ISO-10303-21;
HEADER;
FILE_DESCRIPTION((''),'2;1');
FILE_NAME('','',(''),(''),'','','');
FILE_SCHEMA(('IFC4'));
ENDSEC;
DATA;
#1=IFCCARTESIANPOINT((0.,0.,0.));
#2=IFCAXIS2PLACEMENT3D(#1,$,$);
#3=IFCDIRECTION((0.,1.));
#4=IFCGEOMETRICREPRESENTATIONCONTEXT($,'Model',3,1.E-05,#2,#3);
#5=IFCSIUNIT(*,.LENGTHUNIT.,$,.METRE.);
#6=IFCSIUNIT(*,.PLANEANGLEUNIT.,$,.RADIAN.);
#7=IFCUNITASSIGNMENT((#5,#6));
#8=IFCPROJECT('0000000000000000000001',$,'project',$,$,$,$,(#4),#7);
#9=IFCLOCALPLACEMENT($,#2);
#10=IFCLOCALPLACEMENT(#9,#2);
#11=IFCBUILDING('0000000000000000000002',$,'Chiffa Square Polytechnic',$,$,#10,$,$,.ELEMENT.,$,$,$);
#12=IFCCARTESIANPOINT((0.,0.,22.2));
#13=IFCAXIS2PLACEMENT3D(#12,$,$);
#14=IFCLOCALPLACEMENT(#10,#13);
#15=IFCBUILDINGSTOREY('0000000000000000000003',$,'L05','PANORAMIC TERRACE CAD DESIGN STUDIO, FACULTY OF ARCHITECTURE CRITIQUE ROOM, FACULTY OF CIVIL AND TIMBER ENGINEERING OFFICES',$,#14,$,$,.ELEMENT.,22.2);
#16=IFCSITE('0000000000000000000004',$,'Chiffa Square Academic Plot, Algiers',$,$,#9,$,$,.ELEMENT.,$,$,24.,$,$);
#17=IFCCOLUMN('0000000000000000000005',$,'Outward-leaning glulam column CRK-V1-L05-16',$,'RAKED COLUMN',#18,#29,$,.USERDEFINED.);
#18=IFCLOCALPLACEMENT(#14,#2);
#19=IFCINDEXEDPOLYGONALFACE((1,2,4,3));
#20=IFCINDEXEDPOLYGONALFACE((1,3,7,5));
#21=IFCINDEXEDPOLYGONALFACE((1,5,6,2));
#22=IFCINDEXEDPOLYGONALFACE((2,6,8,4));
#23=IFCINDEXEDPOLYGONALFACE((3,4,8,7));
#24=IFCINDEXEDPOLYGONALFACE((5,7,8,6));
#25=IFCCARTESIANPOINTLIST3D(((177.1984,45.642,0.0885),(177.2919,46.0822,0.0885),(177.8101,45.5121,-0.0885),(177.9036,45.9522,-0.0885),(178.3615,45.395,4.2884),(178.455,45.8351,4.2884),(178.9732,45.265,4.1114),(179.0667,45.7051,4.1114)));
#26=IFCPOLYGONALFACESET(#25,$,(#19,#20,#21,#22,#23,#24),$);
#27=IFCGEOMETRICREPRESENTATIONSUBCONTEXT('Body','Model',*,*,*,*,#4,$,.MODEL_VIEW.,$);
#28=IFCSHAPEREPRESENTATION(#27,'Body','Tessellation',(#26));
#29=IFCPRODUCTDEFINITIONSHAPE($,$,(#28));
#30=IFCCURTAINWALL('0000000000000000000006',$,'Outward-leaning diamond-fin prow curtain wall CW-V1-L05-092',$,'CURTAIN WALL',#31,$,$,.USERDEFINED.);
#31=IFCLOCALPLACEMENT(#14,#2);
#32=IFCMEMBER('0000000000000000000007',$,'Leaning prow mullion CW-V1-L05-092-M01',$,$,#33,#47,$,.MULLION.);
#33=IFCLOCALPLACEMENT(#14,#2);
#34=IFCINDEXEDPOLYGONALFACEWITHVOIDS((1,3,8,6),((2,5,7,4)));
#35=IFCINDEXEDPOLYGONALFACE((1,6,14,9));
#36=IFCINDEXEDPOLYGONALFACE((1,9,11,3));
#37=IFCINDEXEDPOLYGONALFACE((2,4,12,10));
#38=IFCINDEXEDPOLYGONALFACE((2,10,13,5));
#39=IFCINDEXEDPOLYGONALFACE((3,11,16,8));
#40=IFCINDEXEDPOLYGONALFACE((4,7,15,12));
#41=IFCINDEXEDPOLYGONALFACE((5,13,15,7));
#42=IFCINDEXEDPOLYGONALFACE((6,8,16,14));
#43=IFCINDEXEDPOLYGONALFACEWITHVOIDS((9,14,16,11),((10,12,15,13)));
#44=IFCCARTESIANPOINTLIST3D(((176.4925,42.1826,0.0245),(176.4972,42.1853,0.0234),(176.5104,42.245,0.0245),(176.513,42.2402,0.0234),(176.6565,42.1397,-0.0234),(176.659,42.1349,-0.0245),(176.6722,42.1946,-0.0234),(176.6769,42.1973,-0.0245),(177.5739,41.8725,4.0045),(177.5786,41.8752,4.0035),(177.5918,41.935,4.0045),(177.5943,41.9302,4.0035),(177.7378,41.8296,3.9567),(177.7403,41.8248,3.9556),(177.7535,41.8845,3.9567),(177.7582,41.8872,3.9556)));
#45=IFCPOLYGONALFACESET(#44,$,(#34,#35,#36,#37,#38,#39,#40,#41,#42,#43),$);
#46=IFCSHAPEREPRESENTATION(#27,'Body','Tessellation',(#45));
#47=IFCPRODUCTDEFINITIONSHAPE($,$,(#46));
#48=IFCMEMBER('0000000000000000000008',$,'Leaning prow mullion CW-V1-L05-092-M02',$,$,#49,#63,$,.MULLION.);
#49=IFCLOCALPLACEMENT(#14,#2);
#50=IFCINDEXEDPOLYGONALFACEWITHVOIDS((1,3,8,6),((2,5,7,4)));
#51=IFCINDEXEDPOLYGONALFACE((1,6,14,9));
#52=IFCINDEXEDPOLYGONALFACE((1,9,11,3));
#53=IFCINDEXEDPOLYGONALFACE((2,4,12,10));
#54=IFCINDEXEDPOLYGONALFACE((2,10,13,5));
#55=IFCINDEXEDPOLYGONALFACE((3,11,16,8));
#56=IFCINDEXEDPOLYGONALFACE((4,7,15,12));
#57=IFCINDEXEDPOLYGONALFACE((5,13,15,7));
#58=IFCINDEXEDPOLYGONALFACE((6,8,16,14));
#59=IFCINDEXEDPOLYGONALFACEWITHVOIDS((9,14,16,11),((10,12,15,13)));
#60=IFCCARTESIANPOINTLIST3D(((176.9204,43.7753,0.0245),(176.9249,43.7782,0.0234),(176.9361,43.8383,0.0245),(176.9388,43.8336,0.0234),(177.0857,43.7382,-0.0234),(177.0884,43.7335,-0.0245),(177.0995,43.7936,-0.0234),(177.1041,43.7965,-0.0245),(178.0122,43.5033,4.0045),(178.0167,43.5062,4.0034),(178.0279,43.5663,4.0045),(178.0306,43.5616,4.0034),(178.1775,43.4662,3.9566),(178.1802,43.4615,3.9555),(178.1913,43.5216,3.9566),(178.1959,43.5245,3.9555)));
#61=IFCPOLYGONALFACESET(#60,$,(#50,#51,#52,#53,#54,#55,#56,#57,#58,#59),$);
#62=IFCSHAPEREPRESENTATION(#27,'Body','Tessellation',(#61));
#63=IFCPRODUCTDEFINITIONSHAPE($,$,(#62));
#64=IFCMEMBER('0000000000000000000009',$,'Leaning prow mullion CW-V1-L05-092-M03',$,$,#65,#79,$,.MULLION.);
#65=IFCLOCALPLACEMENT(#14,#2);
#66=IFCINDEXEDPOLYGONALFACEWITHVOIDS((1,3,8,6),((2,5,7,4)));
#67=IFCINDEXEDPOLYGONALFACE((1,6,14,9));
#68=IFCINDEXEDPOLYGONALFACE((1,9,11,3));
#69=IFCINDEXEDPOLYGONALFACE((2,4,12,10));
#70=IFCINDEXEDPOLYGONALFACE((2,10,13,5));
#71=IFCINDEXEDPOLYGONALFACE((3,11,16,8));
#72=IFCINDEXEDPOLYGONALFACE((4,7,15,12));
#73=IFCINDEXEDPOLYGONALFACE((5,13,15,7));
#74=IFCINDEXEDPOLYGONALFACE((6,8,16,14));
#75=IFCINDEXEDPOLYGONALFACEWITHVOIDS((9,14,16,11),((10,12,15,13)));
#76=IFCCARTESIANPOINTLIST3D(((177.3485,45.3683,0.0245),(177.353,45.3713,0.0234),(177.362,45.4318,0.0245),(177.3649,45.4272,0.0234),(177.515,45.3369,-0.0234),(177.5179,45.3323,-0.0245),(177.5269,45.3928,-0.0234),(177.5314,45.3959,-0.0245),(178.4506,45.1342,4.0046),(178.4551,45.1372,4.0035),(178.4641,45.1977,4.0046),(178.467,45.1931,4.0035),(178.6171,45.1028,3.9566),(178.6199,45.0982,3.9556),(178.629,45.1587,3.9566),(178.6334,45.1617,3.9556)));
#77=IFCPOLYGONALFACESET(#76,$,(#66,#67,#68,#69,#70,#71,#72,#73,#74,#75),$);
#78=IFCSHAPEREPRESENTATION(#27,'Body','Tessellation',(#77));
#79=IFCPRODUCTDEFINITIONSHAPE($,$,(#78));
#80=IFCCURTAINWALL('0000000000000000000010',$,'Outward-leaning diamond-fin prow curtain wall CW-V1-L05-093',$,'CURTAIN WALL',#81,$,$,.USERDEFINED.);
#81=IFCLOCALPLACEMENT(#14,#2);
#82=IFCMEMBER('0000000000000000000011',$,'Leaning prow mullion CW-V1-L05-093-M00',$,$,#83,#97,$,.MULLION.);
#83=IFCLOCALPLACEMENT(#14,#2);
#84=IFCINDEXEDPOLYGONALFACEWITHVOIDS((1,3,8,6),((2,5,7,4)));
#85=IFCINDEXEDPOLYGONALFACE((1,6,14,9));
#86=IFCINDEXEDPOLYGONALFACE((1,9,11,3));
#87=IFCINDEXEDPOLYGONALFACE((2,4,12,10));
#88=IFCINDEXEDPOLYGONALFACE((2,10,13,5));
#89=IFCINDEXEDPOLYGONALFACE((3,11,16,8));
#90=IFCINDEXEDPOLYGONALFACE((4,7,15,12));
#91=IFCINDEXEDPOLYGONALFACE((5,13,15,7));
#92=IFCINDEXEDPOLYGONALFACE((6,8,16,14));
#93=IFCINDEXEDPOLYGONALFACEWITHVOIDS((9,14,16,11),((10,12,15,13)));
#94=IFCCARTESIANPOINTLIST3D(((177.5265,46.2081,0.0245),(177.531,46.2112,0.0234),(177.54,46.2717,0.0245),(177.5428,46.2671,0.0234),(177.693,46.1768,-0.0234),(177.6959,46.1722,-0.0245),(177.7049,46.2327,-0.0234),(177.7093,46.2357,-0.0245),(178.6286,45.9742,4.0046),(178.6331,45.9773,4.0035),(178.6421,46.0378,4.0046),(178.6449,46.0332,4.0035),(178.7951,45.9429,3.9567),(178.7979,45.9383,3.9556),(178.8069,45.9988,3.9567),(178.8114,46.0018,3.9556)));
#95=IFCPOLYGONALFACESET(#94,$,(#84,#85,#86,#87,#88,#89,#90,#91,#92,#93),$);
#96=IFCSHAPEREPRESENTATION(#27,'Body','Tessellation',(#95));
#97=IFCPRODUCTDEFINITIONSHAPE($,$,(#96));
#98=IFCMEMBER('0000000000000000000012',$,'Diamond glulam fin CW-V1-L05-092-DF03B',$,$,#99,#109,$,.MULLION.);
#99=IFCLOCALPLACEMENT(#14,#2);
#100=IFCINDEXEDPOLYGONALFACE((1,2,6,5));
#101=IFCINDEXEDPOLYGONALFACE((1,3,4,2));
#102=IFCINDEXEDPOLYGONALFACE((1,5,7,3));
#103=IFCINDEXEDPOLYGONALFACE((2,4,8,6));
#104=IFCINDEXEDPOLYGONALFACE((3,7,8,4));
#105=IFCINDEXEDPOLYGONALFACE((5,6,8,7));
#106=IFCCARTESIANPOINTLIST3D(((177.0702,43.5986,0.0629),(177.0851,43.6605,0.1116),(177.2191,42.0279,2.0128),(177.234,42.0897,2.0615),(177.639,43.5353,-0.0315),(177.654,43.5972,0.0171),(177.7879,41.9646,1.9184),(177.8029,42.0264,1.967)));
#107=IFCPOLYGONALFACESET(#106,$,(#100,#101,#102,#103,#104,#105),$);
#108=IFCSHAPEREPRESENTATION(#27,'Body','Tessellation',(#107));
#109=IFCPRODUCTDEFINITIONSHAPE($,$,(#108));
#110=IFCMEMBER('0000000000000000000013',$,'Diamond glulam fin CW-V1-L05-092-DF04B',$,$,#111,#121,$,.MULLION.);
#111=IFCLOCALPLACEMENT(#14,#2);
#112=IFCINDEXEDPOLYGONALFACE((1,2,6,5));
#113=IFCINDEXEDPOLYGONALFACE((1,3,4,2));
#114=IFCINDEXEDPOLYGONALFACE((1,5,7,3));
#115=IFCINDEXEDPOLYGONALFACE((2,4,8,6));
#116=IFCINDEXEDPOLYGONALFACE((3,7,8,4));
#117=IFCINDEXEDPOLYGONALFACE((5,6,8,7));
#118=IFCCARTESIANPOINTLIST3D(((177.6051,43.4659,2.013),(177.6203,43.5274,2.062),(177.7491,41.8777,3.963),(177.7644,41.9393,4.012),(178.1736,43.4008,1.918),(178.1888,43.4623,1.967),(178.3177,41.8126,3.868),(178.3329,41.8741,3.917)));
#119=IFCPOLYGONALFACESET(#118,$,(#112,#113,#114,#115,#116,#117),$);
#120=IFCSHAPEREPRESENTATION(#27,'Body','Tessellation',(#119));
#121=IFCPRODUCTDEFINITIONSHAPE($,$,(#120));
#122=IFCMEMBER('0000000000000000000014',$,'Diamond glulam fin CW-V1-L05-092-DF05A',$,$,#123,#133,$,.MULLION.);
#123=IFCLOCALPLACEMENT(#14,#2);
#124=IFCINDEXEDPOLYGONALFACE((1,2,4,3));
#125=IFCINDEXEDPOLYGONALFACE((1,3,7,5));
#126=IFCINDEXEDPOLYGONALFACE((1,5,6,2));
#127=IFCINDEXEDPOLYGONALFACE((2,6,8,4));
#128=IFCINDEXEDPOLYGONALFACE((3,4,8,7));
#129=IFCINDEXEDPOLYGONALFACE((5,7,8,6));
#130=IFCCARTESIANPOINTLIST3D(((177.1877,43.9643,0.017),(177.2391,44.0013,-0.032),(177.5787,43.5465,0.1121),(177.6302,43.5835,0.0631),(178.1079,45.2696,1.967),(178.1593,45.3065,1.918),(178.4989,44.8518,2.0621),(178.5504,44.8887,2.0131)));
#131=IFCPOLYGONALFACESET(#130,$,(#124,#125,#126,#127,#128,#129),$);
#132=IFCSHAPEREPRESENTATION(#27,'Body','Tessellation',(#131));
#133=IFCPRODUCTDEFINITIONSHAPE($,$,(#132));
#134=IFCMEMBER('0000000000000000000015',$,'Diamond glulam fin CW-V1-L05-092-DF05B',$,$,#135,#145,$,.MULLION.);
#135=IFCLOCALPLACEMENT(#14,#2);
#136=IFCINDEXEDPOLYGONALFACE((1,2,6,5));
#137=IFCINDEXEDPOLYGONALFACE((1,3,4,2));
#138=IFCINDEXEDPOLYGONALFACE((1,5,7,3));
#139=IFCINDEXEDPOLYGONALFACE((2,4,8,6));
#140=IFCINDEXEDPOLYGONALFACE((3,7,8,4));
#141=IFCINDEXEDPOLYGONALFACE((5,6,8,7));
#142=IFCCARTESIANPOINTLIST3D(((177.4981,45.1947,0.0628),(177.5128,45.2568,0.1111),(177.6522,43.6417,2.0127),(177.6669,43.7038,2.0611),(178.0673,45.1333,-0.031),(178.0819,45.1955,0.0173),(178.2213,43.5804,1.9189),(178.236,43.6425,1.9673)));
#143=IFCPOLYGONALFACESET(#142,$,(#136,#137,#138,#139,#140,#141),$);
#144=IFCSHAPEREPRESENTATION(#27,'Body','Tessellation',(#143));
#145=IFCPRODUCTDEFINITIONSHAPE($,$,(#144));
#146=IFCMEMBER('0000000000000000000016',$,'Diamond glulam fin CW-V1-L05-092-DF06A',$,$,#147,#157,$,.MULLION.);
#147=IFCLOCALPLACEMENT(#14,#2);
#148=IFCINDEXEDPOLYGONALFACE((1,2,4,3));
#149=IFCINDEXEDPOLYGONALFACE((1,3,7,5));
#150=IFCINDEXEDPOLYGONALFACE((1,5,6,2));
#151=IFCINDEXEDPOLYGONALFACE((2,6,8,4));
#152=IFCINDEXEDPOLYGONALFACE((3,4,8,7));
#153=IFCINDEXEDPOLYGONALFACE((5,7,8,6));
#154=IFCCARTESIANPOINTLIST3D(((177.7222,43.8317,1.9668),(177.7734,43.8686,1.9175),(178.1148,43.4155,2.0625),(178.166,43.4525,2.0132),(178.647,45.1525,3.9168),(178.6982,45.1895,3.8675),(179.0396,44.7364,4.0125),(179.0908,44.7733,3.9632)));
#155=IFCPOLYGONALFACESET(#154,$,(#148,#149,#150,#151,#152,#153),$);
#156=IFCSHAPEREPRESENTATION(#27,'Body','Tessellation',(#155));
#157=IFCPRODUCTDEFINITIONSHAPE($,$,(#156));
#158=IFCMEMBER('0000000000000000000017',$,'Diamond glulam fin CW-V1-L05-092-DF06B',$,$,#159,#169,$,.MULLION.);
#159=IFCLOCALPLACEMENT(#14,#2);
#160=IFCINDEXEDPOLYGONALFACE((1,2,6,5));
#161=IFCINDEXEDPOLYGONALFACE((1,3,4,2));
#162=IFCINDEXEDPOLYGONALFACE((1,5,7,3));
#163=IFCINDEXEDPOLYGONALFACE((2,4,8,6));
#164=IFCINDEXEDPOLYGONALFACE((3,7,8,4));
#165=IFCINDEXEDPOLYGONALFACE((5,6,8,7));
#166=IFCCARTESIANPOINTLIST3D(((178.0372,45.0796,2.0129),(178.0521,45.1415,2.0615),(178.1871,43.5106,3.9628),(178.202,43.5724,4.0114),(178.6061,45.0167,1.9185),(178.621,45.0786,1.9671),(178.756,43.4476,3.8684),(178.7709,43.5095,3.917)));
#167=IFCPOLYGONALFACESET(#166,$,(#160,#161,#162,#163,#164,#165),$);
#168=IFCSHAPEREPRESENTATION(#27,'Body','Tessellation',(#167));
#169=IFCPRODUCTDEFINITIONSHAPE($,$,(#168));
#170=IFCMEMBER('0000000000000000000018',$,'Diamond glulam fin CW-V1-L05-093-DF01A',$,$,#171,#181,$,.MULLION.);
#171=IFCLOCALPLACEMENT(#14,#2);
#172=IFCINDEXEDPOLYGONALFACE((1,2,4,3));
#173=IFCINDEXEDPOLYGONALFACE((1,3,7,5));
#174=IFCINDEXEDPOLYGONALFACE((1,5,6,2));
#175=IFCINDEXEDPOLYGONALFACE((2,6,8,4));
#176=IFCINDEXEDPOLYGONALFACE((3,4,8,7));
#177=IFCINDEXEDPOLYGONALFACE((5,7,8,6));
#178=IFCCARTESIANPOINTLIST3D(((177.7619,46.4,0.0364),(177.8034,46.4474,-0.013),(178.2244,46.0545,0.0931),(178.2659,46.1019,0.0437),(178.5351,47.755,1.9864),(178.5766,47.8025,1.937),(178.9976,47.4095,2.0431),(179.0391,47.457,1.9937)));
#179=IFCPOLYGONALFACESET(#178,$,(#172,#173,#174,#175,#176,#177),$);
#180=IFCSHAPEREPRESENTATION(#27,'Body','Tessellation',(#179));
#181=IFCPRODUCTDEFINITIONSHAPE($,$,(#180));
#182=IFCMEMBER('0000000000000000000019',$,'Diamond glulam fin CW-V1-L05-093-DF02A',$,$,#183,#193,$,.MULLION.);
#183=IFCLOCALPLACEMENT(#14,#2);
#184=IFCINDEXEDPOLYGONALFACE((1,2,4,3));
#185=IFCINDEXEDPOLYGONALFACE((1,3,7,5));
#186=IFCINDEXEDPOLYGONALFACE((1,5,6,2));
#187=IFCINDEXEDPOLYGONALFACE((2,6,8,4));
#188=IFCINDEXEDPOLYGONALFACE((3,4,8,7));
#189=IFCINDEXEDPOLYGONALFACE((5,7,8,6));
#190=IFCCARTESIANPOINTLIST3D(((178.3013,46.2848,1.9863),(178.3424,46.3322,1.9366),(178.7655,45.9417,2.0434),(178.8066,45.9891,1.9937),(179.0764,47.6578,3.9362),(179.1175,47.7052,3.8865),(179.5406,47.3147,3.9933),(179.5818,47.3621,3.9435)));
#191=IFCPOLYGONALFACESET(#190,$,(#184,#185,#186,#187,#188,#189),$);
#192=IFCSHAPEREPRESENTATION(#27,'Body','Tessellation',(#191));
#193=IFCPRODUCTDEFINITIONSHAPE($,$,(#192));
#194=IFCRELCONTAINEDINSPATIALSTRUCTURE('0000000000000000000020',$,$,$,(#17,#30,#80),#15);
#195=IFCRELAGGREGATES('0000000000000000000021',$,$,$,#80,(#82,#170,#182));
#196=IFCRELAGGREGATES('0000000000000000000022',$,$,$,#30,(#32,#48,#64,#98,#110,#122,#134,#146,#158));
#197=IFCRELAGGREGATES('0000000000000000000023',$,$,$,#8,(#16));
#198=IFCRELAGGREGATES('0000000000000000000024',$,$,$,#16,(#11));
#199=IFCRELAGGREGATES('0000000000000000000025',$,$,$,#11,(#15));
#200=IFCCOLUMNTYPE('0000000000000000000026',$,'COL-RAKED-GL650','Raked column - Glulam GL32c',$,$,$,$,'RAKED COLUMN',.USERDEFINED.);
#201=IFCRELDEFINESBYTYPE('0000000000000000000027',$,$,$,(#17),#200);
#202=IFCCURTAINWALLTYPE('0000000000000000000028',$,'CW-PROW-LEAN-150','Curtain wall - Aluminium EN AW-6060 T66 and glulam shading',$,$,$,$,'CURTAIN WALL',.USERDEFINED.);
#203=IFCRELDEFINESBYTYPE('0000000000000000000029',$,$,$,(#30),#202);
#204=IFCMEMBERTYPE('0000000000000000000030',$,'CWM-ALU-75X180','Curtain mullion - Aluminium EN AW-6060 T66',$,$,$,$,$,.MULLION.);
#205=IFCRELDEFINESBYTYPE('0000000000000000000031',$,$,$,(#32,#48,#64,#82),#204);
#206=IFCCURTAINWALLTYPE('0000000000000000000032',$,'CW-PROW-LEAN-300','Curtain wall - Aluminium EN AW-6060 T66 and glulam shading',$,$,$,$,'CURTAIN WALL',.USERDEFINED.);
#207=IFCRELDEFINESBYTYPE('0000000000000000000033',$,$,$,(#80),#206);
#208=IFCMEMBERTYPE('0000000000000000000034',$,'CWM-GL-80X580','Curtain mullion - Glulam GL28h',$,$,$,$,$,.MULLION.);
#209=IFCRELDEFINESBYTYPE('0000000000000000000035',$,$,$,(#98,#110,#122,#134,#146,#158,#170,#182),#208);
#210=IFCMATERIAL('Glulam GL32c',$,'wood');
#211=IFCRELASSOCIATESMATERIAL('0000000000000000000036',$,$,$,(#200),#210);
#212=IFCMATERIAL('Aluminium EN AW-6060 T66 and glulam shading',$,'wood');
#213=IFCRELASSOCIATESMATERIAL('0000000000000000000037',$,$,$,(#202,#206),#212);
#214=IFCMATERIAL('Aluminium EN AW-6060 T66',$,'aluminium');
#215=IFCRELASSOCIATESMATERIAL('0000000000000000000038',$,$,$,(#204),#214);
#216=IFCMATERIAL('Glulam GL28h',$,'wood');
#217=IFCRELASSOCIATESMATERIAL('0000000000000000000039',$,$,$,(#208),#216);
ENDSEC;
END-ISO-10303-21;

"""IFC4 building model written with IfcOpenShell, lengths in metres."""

from ifc_helpers import new_model, si_unit, direction, frame, origin, origin_2d, place, context, subcontext, project, spatial, rectangle, hollow_rectangle, extrude, material, material_profile, profile_set, type_object, element, aggregate, save


model = new_model("IFC4")

# Units and contexts
model_context = context("Model", 3, precision=1e-05, world=origin(), true_north=direction((0.0, 1.0)))
body_context = subcontext(model_context, "Body", "Model", "MODEL_VIEW")
ifc_project = project(units=[si_unit("LENGTHUNIT", "METRE"), si_unit("PLANEANGLEUNIT", "RADIAN")], contexts=[model_context])

# Site, building, storey
site_placement = place(None, origin())
site = spatial("IfcSite", under=ifc_project, at=site_placement, Name="Chiffa Square Academic Plot, Algiers", CompositionType="ELEMENT", RefElevation=24.0)
building_placement = place(site_placement, origin())
building = spatial("IfcBuilding", under=site, at=building_placement, Name="Chiffa Square Polytechnic", CompositionType="ELEMENT")
storey_placement = place(building_placement, frame((0.0, 0.0, 22.2)))
storey = spatial("IfcBuildingStorey", under=building, at=storey_placement, Name="L05", Description="PANORAMIC TERRACE CAD DESIGN STUDIO, FACULTY OF ARCHITECTURE CRITIQUE ROOM, FACULTY OF CIVIL AND TIMBER ENGINEERING OFFICES", CompositionType="ELEMENT", Elevation=22.2)

# Column
ifc_material_1 = material(Name="Glulam GL32c", Category="wood")
ifc_material_profile_1 = material_profile(ifc_material_1, rectangle(XDim=0.45, YDim=0.6499, at=origin_2d()), Name="GL32c 450x650")
ifc_profile_set_1 = profile_set([ifc_material_profile_1], Name="Glulam GL32c")
column_type = type_object("IfcColumnType", Name="COL-RAKED-GL650", Description="Raked column - Glulam GL32c", ElementType="RAKED COLUMN", PredefinedType="USERDEFINED", material=ifc_profile_set_1)
column_placement = place(storey_placement, frame((177.551, 45.7971, 0.0), z_axis=(0.266456, -0.056602, 0.962184), x_axis=(0.20779, 0.978173, 0.0)))
element("IfcColumn", 1, at=column_placement, inside=storey, type_object=column_type, Name="Outward-leaning glulam column CRK-V1-L05-16", ObjectType="RAKED COLUMN", PredefinedType="USERDEFINED", context=body_context, shape_type="SweptSolid", body=[
    extrude(rectangle(XDim=0.45, YDim=0.6499, at=origin_2d()), origin(), (0.0, 0.0, 1.0), 4.365),
])

# Curtain wall, members
ifc_material_2 = material(Name="Aluminium EN AW-6060 T66 and glulam shading", Category="wood")
curtain_wall_type_1 = type_object("IfcCurtainWallType", Name="CW-PROW-LEAN-150", Description="Curtain wall - Aluminium EN AW-6060 T66 and glulam shading", ElementType="CURTAIN WALL", PredefinedType="USERDEFINED", material=ifc_material_2)
curtain_wall_1_placement = place(storey_placement, origin())
curtain_wall_1 = element("IfcCurtainWall", 2, at=curtain_wall_1_placement, inside=storey, type_object=curtain_wall_type_1, Name="Outward-leaning diamond-fin prow curtain wall CW-V1-L05-092", ObjectType="CURTAIN WALL", PredefinedType="USERDEFINED")
ifc_material_3 = material(Name="Aluminium EN AW-6060 T66", Category="aluminium")
ifc_material_profile_2 = material_profile(ifc_material_3, hollow_rectangle(XDim=0.0649, YDim=0.1799, WallThickness=0.0039, at=origin_2d()), Name="ALU 65x180x4")
ifc_profile_set_2 = profile_set([ifc_material_profile_2], Name="Aluminium EN AW-6060 T66")
member_type_1 = type_object("IfcMemberType", Name="CWM-ALU-75X180", Description="Curtain mullion - Aluminium EN AW-6060 T66", PredefinedType="MULLION", material=ifc_profile_set_2)
member_1_placement = place(storey_placement, frame((176.5847, 42.1899, 0.0), z_axis=(0.261443, -0.074968, 0.962303), x_axis=(0.275638, 0.961261, 0.0)))
member_1 = element("IfcMember", 3, at=member_1_placement, type_object=member_type_1, Name="Leaning prow mullion CW-V1-L05-092-M01", PredefinedType="MULLION", context=body_context, shape_type="SweptSolid", body=[
    extrude(hollow_rectangle(XDim=0.0649, YDim=0.1799, WallThickness=0.0039, at=origin_2d()), origin(), (0.0, 0.0, 1.0), 4.136),
])
member_2_placement = place(storey_placement, frame((177.0122, 43.7859, 0.0), z_axis=(0.263976, -0.065758, 0.962285), x_axis=(0.241719, 0.970346, 0.0)))
member_2 = element("IfcMember", 4, at=member_2_placement, type_object=member_type_1, Name="Leaning prow mullion CW-V1-L05-092-M02", PredefinedType="MULLION", context=body_context, shape_type="SweptSolid", body=[
    extrude(hollow_rectangle(XDim=0.0649, YDim=0.1799, WallThickness=0.0039, at=origin_2d()), origin(), (0.0, 0.0, 1.0), 4.136),
])
member_3_placement = place(storey_placement, frame((177.4399, 45.3821, 0.0), z_axis=(0.266429, -0.056603, 0.962191), x_axis=(0.207812, 0.978169, 0.0)))
member_3 = element("IfcMember", 5, at=member_3_placement, type_object=member_type_1, Name="Leaning prow mullion CW-V1-L05-092-M03", PredefinedType="MULLION", context=body_context, shape_type="SweptSolid", body=[
    extrude(hollow_rectangle(XDim=0.0649, YDim=0.1799, WallThickness=0.0039, at=origin_2d()), origin(), (0.0, 0.0, 1.0), 4.1365),
])

# Curtain wall, member
curtain_wall_type_2 = type_object("IfcCurtainWallType", Name="CW-PROW-LEAN-300", Description="Curtain wall - Aluminium EN AW-6060 T66 and glulam shading", ElementType="CURTAIN WALL", PredefinedType="USERDEFINED", material=ifc_material_2)
curtain_wall_2_placement = place(storey_placement, origin())
curtain_wall_2 = element("IfcCurtainWall", 6, at=curtain_wall_2_placement, inside=storey, type_object=curtain_wall_type_2, Name="Outward-leaning diamond-fin prow curtain wall CW-V1-L05-093", ObjectType="CURTAIN WALL", PredefinedType="USERDEFINED")
member_4_placement = place(storey_placement, frame((177.6179, 46.2219, 0.0), z_axis=(0.26643, -0.056544, 0.962194), x_axis=(0.207605, 0.978213, 0.0)))
member_4 = element("IfcMember", 7, at=member_4_placement, type_object=member_type_1, Name="Leaning prow mullion CW-V1-L05-093-M00", PredefinedType="MULLION", context=body_context, shape_type="SweptSolid", body=[
    extrude(hollow_rectangle(XDim=0.0649, YDim=0.1799, WallThickness=0.0039, at=origin_2d()), origin(), (0.0, 0.0, 1.0), 4.1365),
])

# Members
ifc_material_4 = material(Name="Glulam GL28h", Category="wood")
ifc_material_profile_3 = material_profile(ifc_material_4, rectangle(XDim=0.0801, YDim=0.5801, at=origin_2d()), Name="GL28h 80x580")
ifc_profile_set_3 = profile_set([ifc_material_profile_3], Name="Glulam GL28h")
member_type_2 = type_object("IfcMemberType", Name="CWM-GL-80X580", Description="Curtain mullion - Glulam GL28h", PredefinedType="MULLION", material=ifc_profile_set_3)
member_5_placement = place(storey_placement, frame((177.3621, 43.5979, 0.04), z_axis=(0.059372, -0.626225, 0.777379), x_axis=(0.18679, 0.771967, 0.607599)))
member_5 = element("IfcMember", 8, at=member_5_placement, type_object=member_type_2, Name="Diamond glulam fin CW-V1-L05-092-DF03B", PredefinedType="MULLION", context=body_context, shape_type="SweptSolid", body=[
    extrude(rectangle(XDim=0.0801, YDim=0.5801, at=origin_2d()), origin(), (0.0, 0.0, 1.0), 2.5083),
])
member_6_placement = place(storey_placement, frame((177.897, 43.4641, 1.99), z_axis=(0.057183, -0.630469, 0.774105), x_axis=(0.19022, 0.76805, 0.611486)))
member_6 = element("IfcMember", 9, at=member_6_placement, type_object=member_type_2, Name="Diamond glulam fin CW-V1-L05-092-DF04B", PredefinedType="MULLION", context=body_context, shape_type="SweptSolid", body=[
    extrude(rectangle(XDim=0.0801, YDim=0.5801, at=origin_2d()), origin(), (0.0, 0.0, 1.0), 2.519),
])
member_7_placement = place(storey_placement, frame((177.4089, 43.7739, 0.04), z_axis=(0.365085, 0.517841, 0.773662), x_axis=(-0.642135, -0.461637, 0.612009)))
member_7 = element("IfcMember", 10, at=member_7_placement, type_object=member_type_2, Name="Diamond glulam fin CW-V1-L05-092-DF05A", PredefinedType="MULLION", context=body_context, shape_type="SweptSolid", body=[
    extrude(rectangle(XDim=0.0801, YDim=0.5801, at=origin_2d()), origin(), (0.0, 0.0, 1.0), 2.5205),
])
member_8_placement = place(storey_placement, frame((177.79, 45.1951, 0.04), z_axis=(0.061681, -0.621799, 0.780744), x_axis=(0.183111, 0.776006, 0.60356)))
member_8 = element("IfcMember", 11, at=member_8_placement, type_object=member_type_2, Name="Diamond glulam fin CW-V1-L05-092-DF05B", PredefinedType="MULLION", context=body_context, shape_type="SweptSolid", body=[
    extrude(rectangle(XDim=0.0801, YDim=0.5801, at=origin_2d()), origin(), (0.0, 0.0, 1.0), 2.4976),
])
member_9_placement = place(storey_placement, frame((177.9441, 43.6421, 1.99), z_axis=(0.365502, 0.522007, 0.77066), x_axis=(-0.638976, -0.461334, 0.615533)))
member_9 = element("IfcMember", 12, at=member_9_placement, type_object=member_type_2, Name="Diamond glulam fin CW-V1-L05-092-DF06A", PredefinedType="MULLION", context=body_context, shape_type="SweptSolid", body=[
    extrude(rectangle(XDim=0.0801, YDim=0.5801, at=origin_2d()), origin(), (0.0, 0.0, 1.0), 2.5303),
])
member_10_placement = place(storey_placement, frame((178.3291, 45.0791, 1.99), z_axis=(0.059785, -0.625796, 0.777692), x_axis=(0.186206, 0.772403, 0.607224)))
member_10 = element("IfcMember", 13, at=member_10_placement, type_object=member_type_2, Name="Diamond glulam fin CW-V1-L05-092-DF06B", PredefinedType="MULLION", context=body_context, shape_type="SweptSolid", body=[
    extrude(rectangle(XDim=0.0801, YDim=0.5801, at=origin_2d()), origin(), (0.0, 0.0, 1.0), 2.5073),
])
member_11_placement = place(storey_placement, frame((178.0139, 46.251, 0.04), z_axis=(0.309622, 0.542595, 0.780849), x_axis=(-0.518107, -0.592318, 0.617029)))
member_11 = element("IfcMember", 14, at=member_11_placement, type_object=member_type_2, Name="Diamond glulam fin CW-V1-L05-093-DF01A", PredefinedType="MULLION", context=body_context, shape_type="SweptSolid", body=[
    extrude(rectangle(XDim=0.0801, YDim=0.5801, at=origin_2d()), origin(), (0.0, 0.0, 1.0), 2.4973),
])
member_12_placement = place(storey_placement, frame((178.554, 46.137, 1.99), z_axis=(0.30911, 0.547538, 0.777594), x_axis=(-0.513794, -0.591898, 0.621025)))
member_12 = element("IfcMember", 15, at=member_12_placement, type_object=member_type_2, Name="Diamond glulam fin CW-V1-L05-093-DF02A", PredefinedType="MULLION", context=body_context, shape_type="SweptSolid", body=[
    extrude(rectangle(XDim=0.0801, YDim=0.5801, at=origin_2d()), origin(), (0.0, 0.0, 1.0), 2.5076),
])

aggregate(curtain_wall_2, [member_4, member_11, member_12])
aggregate(curtain_wall_1, [member_1, member_2, member_3, member_5, member_6, member_7, member_8, member_9, member_10])

save(model, "model.ifc")
